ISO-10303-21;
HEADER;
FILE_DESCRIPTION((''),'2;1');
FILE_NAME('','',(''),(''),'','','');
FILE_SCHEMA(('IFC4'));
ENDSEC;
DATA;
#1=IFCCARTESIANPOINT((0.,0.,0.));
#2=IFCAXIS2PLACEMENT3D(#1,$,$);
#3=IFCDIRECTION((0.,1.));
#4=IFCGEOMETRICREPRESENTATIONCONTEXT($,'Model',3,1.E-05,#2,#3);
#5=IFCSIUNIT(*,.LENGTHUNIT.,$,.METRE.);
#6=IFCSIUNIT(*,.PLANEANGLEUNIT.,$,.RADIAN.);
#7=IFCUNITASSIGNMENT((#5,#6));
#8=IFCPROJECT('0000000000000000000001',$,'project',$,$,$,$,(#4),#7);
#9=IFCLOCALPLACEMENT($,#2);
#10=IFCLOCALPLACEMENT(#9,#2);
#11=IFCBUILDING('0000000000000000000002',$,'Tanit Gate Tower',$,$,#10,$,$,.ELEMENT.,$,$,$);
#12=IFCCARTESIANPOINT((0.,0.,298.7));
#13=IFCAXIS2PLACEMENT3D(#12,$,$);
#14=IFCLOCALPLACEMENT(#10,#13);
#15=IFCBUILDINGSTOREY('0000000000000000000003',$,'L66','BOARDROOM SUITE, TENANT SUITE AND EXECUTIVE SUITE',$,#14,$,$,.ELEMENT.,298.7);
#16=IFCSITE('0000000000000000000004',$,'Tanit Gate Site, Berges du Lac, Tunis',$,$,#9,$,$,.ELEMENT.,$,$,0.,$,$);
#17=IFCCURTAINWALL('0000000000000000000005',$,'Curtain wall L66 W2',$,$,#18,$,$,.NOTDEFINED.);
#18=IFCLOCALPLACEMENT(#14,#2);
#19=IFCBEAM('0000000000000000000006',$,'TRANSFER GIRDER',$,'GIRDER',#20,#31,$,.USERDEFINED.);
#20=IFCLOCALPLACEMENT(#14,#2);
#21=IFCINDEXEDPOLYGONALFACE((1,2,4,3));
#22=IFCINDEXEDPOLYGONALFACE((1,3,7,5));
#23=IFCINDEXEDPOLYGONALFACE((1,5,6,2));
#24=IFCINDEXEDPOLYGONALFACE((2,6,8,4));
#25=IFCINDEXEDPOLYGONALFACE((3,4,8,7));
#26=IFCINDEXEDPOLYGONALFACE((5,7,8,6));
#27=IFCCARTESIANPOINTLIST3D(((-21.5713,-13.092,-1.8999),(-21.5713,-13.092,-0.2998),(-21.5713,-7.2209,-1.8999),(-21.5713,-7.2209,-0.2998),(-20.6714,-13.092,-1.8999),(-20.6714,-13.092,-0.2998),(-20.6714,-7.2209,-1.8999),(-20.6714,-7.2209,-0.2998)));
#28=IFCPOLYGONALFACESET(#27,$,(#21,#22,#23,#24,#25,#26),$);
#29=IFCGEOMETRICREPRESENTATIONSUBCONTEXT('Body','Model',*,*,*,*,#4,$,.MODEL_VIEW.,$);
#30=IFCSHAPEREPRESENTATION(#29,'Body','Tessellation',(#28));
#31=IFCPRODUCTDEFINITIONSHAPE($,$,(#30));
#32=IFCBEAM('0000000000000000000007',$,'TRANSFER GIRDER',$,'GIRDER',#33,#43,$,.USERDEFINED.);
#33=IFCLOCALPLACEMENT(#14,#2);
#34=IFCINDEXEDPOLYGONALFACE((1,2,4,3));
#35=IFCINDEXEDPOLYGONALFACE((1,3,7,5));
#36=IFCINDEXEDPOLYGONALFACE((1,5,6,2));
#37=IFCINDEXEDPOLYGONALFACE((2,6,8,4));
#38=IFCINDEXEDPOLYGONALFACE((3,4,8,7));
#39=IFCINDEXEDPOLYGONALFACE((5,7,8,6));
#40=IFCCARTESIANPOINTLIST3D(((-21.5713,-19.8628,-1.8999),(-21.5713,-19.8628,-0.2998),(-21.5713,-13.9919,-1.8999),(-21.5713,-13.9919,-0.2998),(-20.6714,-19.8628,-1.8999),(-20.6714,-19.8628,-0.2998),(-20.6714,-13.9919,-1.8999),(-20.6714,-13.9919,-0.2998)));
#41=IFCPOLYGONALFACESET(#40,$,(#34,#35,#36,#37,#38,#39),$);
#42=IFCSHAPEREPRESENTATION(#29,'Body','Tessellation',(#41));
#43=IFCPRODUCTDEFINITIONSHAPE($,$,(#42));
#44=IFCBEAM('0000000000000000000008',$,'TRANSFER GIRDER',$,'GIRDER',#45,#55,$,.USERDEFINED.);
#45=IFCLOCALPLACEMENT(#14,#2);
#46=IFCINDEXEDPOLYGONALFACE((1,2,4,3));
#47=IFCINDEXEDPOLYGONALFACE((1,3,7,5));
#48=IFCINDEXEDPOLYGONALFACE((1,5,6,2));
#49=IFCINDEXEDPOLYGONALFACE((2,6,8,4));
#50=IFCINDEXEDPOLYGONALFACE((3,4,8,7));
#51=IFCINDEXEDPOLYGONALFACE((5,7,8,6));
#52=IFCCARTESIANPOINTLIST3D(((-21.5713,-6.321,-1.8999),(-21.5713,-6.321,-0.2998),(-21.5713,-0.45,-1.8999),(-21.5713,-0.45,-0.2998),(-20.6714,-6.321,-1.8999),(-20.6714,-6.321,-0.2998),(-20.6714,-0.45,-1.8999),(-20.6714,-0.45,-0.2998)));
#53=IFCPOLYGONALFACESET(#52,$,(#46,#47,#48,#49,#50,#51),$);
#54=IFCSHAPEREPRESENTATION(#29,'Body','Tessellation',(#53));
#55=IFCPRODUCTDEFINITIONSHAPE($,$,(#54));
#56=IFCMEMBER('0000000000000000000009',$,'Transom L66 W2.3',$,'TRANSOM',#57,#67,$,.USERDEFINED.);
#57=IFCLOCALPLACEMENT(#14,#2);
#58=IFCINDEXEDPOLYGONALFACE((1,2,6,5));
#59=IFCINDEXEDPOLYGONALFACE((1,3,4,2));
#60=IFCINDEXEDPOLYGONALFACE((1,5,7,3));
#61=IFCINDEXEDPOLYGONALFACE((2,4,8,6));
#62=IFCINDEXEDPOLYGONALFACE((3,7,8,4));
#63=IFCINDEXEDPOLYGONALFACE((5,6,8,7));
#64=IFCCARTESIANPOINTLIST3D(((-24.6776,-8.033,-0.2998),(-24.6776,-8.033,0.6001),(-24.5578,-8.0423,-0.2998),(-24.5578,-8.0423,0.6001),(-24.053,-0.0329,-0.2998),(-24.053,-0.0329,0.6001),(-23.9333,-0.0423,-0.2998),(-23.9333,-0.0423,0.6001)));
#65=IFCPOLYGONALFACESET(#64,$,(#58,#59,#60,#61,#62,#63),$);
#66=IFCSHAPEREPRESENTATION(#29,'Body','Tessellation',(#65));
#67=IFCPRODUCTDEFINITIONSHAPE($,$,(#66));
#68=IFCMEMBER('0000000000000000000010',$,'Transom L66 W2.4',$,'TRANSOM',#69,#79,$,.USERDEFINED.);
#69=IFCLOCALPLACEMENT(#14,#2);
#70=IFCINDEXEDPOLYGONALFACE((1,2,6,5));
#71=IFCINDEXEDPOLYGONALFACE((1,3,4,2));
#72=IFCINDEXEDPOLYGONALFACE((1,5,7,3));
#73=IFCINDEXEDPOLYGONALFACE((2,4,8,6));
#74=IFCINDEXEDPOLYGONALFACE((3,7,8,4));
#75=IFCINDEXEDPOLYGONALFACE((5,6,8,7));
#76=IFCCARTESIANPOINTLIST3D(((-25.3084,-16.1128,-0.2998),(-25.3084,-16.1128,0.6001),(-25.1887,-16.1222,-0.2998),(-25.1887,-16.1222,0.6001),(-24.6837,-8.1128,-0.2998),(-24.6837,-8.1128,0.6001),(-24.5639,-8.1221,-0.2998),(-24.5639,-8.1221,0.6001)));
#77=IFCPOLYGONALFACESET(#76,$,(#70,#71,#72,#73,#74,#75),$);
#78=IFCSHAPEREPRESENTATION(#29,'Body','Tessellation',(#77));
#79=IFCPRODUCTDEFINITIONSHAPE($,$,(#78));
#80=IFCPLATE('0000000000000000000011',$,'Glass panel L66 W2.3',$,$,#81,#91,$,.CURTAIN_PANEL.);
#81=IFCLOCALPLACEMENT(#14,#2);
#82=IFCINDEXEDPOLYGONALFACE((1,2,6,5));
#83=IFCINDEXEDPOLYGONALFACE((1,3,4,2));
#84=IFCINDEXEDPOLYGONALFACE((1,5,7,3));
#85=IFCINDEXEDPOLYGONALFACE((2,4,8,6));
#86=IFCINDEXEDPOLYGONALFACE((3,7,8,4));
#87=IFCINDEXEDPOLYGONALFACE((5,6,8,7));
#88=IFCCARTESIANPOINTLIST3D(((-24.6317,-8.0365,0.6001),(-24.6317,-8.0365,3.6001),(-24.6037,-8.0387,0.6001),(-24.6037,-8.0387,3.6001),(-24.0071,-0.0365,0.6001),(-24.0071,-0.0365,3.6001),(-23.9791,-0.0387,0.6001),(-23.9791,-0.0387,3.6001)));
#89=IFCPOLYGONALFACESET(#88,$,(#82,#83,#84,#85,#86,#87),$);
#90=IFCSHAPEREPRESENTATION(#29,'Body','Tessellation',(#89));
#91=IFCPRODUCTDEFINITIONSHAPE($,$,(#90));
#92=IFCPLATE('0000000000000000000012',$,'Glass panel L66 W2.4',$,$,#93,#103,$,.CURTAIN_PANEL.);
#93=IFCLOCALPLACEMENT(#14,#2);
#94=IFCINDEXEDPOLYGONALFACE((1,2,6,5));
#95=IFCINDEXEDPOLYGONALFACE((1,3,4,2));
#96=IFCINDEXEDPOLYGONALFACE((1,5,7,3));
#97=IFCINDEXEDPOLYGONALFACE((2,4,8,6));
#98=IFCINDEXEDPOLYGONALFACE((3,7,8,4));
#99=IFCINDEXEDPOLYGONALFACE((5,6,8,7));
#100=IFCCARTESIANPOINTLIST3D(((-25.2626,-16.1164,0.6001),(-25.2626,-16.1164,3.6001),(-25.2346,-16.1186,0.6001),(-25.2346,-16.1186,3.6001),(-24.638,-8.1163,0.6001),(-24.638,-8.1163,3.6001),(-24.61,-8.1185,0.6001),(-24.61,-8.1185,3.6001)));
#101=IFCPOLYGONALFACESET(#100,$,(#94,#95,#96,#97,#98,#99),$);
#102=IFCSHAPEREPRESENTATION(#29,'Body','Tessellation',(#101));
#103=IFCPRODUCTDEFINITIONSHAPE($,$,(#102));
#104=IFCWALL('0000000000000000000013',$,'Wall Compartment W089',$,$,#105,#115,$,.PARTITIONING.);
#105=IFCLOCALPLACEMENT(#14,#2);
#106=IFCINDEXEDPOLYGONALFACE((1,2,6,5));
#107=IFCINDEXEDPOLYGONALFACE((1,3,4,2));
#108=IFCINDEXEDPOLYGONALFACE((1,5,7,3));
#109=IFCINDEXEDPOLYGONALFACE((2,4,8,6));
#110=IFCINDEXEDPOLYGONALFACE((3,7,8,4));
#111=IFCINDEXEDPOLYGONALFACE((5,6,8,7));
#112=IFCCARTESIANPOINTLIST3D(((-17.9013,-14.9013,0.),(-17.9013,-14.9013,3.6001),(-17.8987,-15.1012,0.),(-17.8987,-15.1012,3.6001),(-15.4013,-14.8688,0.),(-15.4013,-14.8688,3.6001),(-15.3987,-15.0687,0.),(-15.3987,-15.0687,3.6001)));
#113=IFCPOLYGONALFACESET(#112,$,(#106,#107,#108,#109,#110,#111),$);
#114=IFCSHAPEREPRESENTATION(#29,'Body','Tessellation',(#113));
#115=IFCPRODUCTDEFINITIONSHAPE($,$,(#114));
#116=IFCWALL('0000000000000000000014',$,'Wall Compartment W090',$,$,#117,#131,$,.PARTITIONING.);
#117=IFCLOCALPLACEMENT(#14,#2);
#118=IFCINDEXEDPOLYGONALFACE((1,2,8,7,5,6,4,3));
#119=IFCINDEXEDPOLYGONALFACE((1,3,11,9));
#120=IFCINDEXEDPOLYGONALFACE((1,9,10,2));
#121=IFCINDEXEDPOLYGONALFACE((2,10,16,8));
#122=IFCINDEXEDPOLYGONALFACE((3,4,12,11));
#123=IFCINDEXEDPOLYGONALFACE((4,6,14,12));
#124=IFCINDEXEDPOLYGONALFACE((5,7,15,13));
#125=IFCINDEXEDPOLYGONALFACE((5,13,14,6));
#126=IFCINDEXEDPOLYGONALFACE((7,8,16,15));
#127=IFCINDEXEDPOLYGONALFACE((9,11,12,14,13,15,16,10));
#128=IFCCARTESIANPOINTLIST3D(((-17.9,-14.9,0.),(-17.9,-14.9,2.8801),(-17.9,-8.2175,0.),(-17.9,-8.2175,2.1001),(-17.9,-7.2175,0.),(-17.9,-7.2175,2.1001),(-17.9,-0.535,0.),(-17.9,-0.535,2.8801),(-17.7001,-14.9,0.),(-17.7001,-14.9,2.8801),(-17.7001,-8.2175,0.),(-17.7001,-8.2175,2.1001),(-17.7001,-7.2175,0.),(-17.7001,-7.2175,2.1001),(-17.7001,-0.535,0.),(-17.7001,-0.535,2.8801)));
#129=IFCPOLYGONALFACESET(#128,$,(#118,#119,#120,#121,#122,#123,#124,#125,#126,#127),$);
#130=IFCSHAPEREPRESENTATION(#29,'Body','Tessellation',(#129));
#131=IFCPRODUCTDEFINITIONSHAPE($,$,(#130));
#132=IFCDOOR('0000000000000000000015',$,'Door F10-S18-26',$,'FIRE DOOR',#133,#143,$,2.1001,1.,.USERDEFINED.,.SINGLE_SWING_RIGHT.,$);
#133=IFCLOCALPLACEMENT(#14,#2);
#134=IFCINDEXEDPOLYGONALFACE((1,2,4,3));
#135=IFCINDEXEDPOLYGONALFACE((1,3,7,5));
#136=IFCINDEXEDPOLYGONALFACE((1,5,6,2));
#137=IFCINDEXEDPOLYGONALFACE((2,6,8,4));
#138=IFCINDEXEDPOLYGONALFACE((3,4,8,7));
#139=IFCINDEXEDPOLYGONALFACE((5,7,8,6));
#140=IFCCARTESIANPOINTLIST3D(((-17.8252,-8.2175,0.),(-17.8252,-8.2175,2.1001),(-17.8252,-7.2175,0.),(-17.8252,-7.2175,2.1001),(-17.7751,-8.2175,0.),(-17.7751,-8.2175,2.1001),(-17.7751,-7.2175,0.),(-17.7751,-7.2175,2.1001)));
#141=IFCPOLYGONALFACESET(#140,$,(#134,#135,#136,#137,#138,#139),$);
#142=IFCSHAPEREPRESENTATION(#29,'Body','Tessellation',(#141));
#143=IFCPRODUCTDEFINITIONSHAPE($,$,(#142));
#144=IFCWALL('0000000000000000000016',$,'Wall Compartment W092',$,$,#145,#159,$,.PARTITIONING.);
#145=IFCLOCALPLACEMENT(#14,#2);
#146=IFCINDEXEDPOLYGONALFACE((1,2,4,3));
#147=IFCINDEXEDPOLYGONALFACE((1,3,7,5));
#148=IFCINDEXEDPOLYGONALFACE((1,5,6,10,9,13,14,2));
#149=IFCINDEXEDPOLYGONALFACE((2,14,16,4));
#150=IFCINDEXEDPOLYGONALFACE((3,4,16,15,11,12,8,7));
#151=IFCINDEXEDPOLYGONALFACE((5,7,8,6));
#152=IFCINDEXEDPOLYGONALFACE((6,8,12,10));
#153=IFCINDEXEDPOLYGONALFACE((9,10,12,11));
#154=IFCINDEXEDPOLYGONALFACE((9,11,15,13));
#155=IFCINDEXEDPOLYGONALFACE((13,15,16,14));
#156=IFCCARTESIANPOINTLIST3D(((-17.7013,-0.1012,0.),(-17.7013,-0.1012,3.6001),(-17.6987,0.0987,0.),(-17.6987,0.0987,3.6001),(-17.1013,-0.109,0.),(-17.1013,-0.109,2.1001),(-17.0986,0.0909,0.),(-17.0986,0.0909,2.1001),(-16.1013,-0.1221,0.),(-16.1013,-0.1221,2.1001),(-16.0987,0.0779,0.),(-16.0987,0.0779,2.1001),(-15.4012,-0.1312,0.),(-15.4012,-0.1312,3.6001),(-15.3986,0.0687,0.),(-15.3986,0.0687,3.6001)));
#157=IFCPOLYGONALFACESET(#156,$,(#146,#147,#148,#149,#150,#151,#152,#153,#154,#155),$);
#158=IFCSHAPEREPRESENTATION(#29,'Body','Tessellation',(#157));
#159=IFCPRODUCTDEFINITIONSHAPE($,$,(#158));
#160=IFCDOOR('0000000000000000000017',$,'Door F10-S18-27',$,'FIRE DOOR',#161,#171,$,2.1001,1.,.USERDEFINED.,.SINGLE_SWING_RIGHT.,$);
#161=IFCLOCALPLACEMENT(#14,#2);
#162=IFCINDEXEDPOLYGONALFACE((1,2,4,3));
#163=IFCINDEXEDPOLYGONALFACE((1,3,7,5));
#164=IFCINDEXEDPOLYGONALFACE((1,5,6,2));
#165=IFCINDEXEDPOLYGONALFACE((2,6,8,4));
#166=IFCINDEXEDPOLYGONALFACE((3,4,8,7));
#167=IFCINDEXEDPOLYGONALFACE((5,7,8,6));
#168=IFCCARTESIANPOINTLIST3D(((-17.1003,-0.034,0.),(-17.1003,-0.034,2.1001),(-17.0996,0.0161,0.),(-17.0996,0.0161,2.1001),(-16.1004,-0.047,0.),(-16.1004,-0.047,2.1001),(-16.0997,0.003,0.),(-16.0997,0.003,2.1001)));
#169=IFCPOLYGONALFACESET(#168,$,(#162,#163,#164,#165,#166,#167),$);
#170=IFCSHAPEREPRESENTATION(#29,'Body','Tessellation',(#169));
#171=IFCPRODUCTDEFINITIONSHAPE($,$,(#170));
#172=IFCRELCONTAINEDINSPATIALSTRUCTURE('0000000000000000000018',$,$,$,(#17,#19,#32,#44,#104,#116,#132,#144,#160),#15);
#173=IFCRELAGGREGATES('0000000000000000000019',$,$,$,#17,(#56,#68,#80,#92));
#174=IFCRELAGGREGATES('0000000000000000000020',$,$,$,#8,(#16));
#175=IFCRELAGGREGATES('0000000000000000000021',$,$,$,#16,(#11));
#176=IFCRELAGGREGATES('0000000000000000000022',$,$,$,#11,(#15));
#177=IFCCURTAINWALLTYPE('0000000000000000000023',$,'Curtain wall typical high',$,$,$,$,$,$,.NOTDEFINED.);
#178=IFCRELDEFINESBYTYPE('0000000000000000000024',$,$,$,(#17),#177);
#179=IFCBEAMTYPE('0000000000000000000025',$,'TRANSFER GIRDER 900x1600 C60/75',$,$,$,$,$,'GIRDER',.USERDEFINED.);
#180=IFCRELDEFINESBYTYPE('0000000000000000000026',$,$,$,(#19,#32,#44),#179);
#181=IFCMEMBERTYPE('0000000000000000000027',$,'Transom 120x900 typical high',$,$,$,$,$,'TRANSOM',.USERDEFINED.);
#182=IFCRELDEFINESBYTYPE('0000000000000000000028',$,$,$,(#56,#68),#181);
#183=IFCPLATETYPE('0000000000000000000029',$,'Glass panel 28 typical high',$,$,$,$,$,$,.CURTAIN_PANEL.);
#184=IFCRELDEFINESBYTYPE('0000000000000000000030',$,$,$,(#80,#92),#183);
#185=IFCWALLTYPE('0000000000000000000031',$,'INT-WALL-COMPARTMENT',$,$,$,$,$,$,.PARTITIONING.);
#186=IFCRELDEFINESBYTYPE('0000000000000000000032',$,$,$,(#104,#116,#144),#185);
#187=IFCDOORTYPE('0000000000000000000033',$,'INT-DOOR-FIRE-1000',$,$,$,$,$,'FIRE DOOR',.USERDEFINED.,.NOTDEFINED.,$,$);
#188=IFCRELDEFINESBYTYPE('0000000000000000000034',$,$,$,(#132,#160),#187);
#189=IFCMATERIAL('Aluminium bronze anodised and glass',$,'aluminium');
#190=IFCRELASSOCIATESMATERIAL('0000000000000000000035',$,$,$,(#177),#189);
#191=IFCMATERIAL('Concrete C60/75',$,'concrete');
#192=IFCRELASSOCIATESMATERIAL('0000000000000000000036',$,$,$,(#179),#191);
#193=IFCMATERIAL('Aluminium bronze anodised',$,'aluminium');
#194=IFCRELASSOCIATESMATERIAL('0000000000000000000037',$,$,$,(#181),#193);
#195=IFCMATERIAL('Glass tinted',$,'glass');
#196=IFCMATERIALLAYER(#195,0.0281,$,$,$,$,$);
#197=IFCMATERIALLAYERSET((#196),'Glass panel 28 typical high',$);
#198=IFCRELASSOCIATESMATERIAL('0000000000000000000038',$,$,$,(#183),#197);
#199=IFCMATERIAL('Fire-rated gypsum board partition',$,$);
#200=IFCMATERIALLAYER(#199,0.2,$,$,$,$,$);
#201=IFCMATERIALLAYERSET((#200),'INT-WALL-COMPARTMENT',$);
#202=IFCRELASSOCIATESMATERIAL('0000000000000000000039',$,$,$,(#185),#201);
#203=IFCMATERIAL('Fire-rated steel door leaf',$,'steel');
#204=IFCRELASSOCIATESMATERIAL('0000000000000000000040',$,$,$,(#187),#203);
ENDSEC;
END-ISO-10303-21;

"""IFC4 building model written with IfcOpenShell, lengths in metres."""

from ifc_helpers import new_model, si_unit, direction, frame, frame_2d, origin, origin_2d, place, context, subcontext, project, spatial, rectangle, extrude, material, layer, layer_set, material_profile, profile_set, type_object, element, fill, aggregate, save


model = new_model("IFC4")

# Units and contexts
model_context = context("Model", 3, precision=1e-05, world=origin(), true_north=direction((0.0, 1.0)))
body_context = subcontext(model_context, "Body", "Model", "MODEL_VIEW")
ifc_project = project(units=[si_unit("LENGTHUNIT", "METRE"), si_unit("PLANEANGLEUNIT", "RADIAN")], contexts=[model_context])

# Site, building, storey
site_placement = place(None, origin())
site = spatial("IfcSite", under=ifc_project, at=site_placement, Name="Tanit Gate Site, Berges du Lac, Tunis", CompositionType="ELEMENT", RefElevation=0.0)
building_placement = place(site_placement, origin())
building = spatial("IfcBuilding", under=site, at=building_placement, Name="Tanit Gate Tower", CompositionType="ELEMENT")
storey_placement = place(building_placement, frame((0.0, 0.0, 298.7)))
storey = spatial("IfcBuildingStorey", under=building, at=storey_placement, Name="L66", Description="BOARDROOM SUITE, TENANT SUITE AND EXECUTIVE SUITE", CompositionType="ELEMENT", Elevation=298.7)

# Curtain wall
ifc_material_1 = material(Name="Aluminium bronze anodised and glass", Category="aluminium")
curtain_wall_type = type_object("IfcCurtainWallType", Name="Curtain wall typical high", PredefinedType="NOTDEFINED", material=ifc_material_1)
curtain_wall_placement = place(storey_placement, origin())
curtain_wall = element("IfcCurtainWall", 1, at=curtain_wall_placement, inside=storey, type_object=curtain_wall_type, Name="Curtain wall L66 W2", PredefinedType="NOTDEFINED")

# Beams
ifc_material_2 = material(Name="Concrete C60/75", Category="concrete")
ifc_material_profile_1 = material_profile(ifc_material_2, rectangle(XDim=0.8999, YDim=1.6001, at=origin_2d()), Name="RC 900x1600")
ifc_profile_set_1 = profile_set([ifc_material_profile_1], Name="Concrete C60/75")
beam_type_1 = type_object("IfcBeamType", Name="TRANSFER GIRDER 900x1600 C60/75", ElementType="GIRDER", PredefinedType="USERDEFINED", material=ifc_profile_set_1)
beam_1_placement = place(storey_placement, frame((-21.1213, -7.2209, -1.0999), z_axis=(0.0, -1.0, 0.0), x_axis=(1.0, 0.0, 0.0)))
element("IfcBeam", 2, at=beam_1_placement, inside=storey, type_object=beam_type_1, Name="TRANSFER GIRDER", ObjectType="GIRDER", PredefinedType="USERDEFINED", context=body_context, shape_type="SweptSolid", body=[
    extrude(rectangle(XDim=0.8999, YDim=1.6001, at=origin_2d()), origin(), (0.0, 0.0, 1.0), 5.8711),
])
beam_2_placement = place(storey_placement, frame((-21.1213, -13.9919, -1.0999), z_axis=(0.0, -1.0, 0.0), x_axis=(1.0, 0.0, 0.0)))
element("IfcBeam", 3, at=beam_2_placement, inside=storey, type_object=beam_type_1, Name="TRANSFER GIRDER", ObjectType="GIRDER", PredefinedType="USERDEFINED", context=body_context, shape_type="SweptSolid", body=[
    extrude(rectangle(XDim=0.8999, YDim=1.6001, at=origin_2d()), origin(), (0.0, 0.0, 1.0), 5.8708),
])
beam_3_placement = place(storey_placement, frame((-21.1213, -0.45, -1.0999), z_axis=(0.0, -1.0, 0.0), x_axis=(1.0, 0.0, 0.0)))
element("IfcBeam", 4, at=beam_3_placement, inside=storey, type_object=beam_type_1, Name="TRANSFER GIRDER", ObjectType="GIRDER", PredefinedType="USERDEFINED", context=body_context, shape_type="SweptSolid", body=[
    extrude(rectangle(XDim=0.8999, YDim=1.6001, at=origin_2d()), origin(), (0.0, 0.0, 1.0), 5.8711),
])

# Members
ifc_material_3 = material(Name="Aluminium bronze anodised", Category="aluminium")
ifc_material_profile_2 = material_profile(ifc_material_3, rectangle(XDim=0.1201, YDim=0.8999, at=origin_2d()), Name="120x900 bronze transom")
ifc_profile_set_2 = profile_set([ifc_material_profile_2], Name="Aluminium bronze anodised")
member_type_1 = type_object("IfcMemberType", Name="Transom 120x900 typical high", ElementType="TRANSOM", PredefinedType="USERDEFINED", material=ifc_profile_set_2)
member_1_placement = place(storey_placement, frame((-23.9932, -0.0376, 0.1501), z_axis=(-0.077827, -0.996967, 0.0), x_axis=(0.996967, -0.077827, 0.0)))
member_1 = element("IfcMember", 5, at=member_1_placement, type_object=member_type_1, Name="Transom L66 W2.3", ObjectType="TRANSOM", PredefinedType="USERDEFINED", context=body_context, shape_type="SweptSolid", body=[
    extrude(rectangle(XDim=0.1201, YDim=0.8999, at=origin_2d()), origin(), (0.0, 0.0, 1.0), 8.0244),
])
member_2_placement = place(storey_placement, frame((-24.6238, -8.1174, 0.1501), z_axis=(-0.077857, -0.996965, 0.0), x_axis=(0.996965, -0.077857, 0.0)))
member_2 = element("IfcMember", 6, at=member_2_placement, type_object=member_type_1, Name="Transom L66 W2.4", ObjectType="TRANSOM", PredefinedType="USERDEFINED", context=body_context, shape_type="SweptSolid", body=[
    extrude(rectangle(XDim=0.1201, YDim=0.8999, at=origin_2d()), origin(), (0.0, 0.0, 1.0), 8.0244),
])

# Plates
ifc_material_4 = material(Name="Glass tinted", Category="glass")
ifc_layer_1 = layer(ifc_material_4, 0.0281)
ifc_layer_set_1 = layer_set([ifc_layer_1], Name="Glass panel 28 typical high")
plate_type = type_object("IfcPlateType", Name="Glass panel 28 typical high", PredefinedType="CURTAIN_PANEL", material=ifc_layer_set_1)
plate_1_placement = place(storey_placement, frame((-24.3054, -4.0376, 0.6001), z_axis=(0.0, 0.0, 1.0), x_axis=(-0.077839, -0.996966, 0.0)))
plate_1 = element("IfcPlate", 7, at=plate_1_placement, type_object=plate_type, Name="Glass panel L66 W2.3", PredefinedType="CURTAIN_PANEL", context=body_context, shape_type="SweptSolid", body=[
    extrude(rectangle(XDim=8.0244, YDim=0.0281, at=origin_2d()), origin(), (0.0, 0.0, 1.0), 3.0),
])
plate_2_placement = place(storey_placement, frame((-24.9363, -12.1174, 0.6001), z_axis=(0.0, 0.0, 1.0), x_axis=(-0.077839, -0.996966, 0.0)))
plate_2 = element("IfcPlate", 8, at=plate_2_placement, type_object=plate_type, Name="Glass panel L66 W2.4", PredefinedType="CURTAIN_PANEL", context=body_context, shape_type="SweptSolid", body=[
    extrude(rectangle(XDim=8.0244, YDim=0.0281, at=origin_2d()), origin(), (0.0, 0.0, 1.0), 3.0),
])
aggregate(curtain_wall, [member_1, member_2, plate_1, plate_2])

# Wall
ifc_material_5 = material(Name="Fire-rated gypsum board partition")
ifc_layer_2 = layer(ifc_material_5, 0.2)
ifc_layer_set_2 = layer_set([ifc_layer_2], Name="INT-WALL-COMPARTMENT")
wall_type_1 = type_object("IfcWallType", Name="INT-WALL-COMPARTMENT", PredefinedType="PARTITIONING", material=ifc_layer_set_2)
wall_1_placement = place(storey_placement, frame((-17.8999, -15.0012, 0.0), z_axis=(0.0, 0.0, 1.0), x_axis=(0.999916, 0.012987, 0.0)))
element("IfcWall", 9, at=wall_1_placement, inside=storey, type_object=wall_type_1, Name="Wall Compartment W089", PredefinedType="PARTITIONING", context=body_context, shape_type="SweptSolid", body=[
    extrude(rectangle(XDim=2.5002, YDim=0.2, at=frame_2d((1.25, 0.0))), origin(), (0.0, 0.0, 1.0), 3.6001),
])

# Walls, openings, doors
wall_2_placement = place(storey_placement, frame((-17.8, -0.5349, 0.0), z_axis=(0.0, 0.0, 1.0), x_axis=(0.0, -1.0, 0.0)))
wall_2 = element("IfcWall", 10, at=wall_2_placement, inside=storey, type_object=wall_type_1, Name="Wall Compartment W090", PredefinedType="PARTITIONING", context=body_context, shape_type="SweptSolid", body=[
    extrude(rectangle(XDim=14.365, YDim=0.2, at=frame_2d((7.1826, 0.0))), origin(), (0.0, 0.0, 1.0), 2.8801),
])
opening_1_placement = place(wall_2_placement, frame((6.6826, 0.0, 0.0)))
opening_1 = element("IfcOpeningElement", 11, at=opening_1_placement, cuts=wall_2, PredefinedType="OPENING", context=body_context, shape_type="SweptSolid", body=[
    extrude(rectangle(XDim=1.0, YDim=2.1001, at=frame_2d((0.5, 1.05))), frame((0.0, 0.1099, 0.0), z_axis=(0.0, -1.0, 0.0), x_axis=(1.0, 0.0, 0.0)), (0.0, 0.0, 1.0), 0.22),
])
ifc_material_6 = material(Name="Fire-rated steel door leaf", Category="steel")
door_type = type_object("IfcDoorType", Name="INT-DOOR-FIRE-1000", ElementType="FIRE DOOR", OperationType="NOTDEFINED", PredefinedType="USERDEFINED", material=ifc_material_6)
door_1_placement = place(opening_1_placement, origin())
door_1 = element("IfcDoor", 12, at=door_1_placement, inside=storey, type_object=door_type, Name="Door F10-S18-26", ObjectType="FIRE DOOR", OperationType="SINGLE_SWING_RIGHT", OverallHeight=2.1001, OverallWidth=1.0, PredefinedType="USERDEFINED", context=body_context, shape_type="SweptSolid", body=[
    extrude(rectangle(XDim=1.0, YDim=2.1001, at=frame_2d((0.5, 1.05))), frame((0.0, 0.0249, 0.0), z_axis=(0.0, -1.0, 0.0), x_axis=(1.0, 0.0, 0.0)), (0.0, 0.0, 1.0), 0.05),
])
fill(opening_1, door_1)
wall_3_placement = place(storey_placement, frame((-15.3999, -0.0312, 0.0), z_axis=(0.0, 0.0, 1.0), x_axis=(-0.999915, 0.013055, 0.0)))
wall_3 = element("IfcWall", 13, at=wall_3_placement, inside=storey, type_object=wall_type_1, Name="Wall Compartment W092", PredefinedType="PARTITIONING", context=body_context, shape_type="SweptSolid", body=[
    extrude(rectangle(XDim=2.3003, YDim=0.2, at=frame_2d((1.1501, 0.0))), origin(), (0.0, 0.0, 1.0), 3.6001),
])
opening_2_placement = place(wall_3_placement, frame((0.7002, 0.0, 0.0)))
opening_2 = element("IfcOpeningElement", 14, at=opening_2_placement, cuts=wall_3, PredefinedType="OPENING", context=body_context, shape_type="SweptSolid", body=[
    extrude(rectangle(XDim=1.0, YDim=2.1001, at=frame_2d((0.5, 1.05))), frame((0.0, 0.1099, 0.0), z_axis=(0.0, -1.0, 0.0), x_axis=(1.0, 0.0, 0.0)), (0.0, 0.0, 1.0), 0.22),
])
door_2_placement = place(opening_2_placement, origin())
door_2 = element("IfcDoor", 15, at=door_2_placement, inside=storey, type_object=door_type, Name="Door F10-S18-27", ObjectType="FIRE DOOR", OperationType="SINGLE_SWING_RIGHT", OverallHeight=2.1001, OverallWidth=1.0, PredefinedType="USERDEFINED", context=body_context, shape_type="SweptSolid", body=[
    extrude(rectangle(XDim=1.0, YDim=2.1001, at=frame_2d((0.5, 1.05))), frame((0.0, 0.0249, 0.0), z_axis=(0.0, -1.0, 0.0), x_axis=(1.0, 0.0, 0.0)), (0.0, 0.0, 1.0), 0.05),
])
fill(opening_2, door_2)

save(model, "model.ifc")
